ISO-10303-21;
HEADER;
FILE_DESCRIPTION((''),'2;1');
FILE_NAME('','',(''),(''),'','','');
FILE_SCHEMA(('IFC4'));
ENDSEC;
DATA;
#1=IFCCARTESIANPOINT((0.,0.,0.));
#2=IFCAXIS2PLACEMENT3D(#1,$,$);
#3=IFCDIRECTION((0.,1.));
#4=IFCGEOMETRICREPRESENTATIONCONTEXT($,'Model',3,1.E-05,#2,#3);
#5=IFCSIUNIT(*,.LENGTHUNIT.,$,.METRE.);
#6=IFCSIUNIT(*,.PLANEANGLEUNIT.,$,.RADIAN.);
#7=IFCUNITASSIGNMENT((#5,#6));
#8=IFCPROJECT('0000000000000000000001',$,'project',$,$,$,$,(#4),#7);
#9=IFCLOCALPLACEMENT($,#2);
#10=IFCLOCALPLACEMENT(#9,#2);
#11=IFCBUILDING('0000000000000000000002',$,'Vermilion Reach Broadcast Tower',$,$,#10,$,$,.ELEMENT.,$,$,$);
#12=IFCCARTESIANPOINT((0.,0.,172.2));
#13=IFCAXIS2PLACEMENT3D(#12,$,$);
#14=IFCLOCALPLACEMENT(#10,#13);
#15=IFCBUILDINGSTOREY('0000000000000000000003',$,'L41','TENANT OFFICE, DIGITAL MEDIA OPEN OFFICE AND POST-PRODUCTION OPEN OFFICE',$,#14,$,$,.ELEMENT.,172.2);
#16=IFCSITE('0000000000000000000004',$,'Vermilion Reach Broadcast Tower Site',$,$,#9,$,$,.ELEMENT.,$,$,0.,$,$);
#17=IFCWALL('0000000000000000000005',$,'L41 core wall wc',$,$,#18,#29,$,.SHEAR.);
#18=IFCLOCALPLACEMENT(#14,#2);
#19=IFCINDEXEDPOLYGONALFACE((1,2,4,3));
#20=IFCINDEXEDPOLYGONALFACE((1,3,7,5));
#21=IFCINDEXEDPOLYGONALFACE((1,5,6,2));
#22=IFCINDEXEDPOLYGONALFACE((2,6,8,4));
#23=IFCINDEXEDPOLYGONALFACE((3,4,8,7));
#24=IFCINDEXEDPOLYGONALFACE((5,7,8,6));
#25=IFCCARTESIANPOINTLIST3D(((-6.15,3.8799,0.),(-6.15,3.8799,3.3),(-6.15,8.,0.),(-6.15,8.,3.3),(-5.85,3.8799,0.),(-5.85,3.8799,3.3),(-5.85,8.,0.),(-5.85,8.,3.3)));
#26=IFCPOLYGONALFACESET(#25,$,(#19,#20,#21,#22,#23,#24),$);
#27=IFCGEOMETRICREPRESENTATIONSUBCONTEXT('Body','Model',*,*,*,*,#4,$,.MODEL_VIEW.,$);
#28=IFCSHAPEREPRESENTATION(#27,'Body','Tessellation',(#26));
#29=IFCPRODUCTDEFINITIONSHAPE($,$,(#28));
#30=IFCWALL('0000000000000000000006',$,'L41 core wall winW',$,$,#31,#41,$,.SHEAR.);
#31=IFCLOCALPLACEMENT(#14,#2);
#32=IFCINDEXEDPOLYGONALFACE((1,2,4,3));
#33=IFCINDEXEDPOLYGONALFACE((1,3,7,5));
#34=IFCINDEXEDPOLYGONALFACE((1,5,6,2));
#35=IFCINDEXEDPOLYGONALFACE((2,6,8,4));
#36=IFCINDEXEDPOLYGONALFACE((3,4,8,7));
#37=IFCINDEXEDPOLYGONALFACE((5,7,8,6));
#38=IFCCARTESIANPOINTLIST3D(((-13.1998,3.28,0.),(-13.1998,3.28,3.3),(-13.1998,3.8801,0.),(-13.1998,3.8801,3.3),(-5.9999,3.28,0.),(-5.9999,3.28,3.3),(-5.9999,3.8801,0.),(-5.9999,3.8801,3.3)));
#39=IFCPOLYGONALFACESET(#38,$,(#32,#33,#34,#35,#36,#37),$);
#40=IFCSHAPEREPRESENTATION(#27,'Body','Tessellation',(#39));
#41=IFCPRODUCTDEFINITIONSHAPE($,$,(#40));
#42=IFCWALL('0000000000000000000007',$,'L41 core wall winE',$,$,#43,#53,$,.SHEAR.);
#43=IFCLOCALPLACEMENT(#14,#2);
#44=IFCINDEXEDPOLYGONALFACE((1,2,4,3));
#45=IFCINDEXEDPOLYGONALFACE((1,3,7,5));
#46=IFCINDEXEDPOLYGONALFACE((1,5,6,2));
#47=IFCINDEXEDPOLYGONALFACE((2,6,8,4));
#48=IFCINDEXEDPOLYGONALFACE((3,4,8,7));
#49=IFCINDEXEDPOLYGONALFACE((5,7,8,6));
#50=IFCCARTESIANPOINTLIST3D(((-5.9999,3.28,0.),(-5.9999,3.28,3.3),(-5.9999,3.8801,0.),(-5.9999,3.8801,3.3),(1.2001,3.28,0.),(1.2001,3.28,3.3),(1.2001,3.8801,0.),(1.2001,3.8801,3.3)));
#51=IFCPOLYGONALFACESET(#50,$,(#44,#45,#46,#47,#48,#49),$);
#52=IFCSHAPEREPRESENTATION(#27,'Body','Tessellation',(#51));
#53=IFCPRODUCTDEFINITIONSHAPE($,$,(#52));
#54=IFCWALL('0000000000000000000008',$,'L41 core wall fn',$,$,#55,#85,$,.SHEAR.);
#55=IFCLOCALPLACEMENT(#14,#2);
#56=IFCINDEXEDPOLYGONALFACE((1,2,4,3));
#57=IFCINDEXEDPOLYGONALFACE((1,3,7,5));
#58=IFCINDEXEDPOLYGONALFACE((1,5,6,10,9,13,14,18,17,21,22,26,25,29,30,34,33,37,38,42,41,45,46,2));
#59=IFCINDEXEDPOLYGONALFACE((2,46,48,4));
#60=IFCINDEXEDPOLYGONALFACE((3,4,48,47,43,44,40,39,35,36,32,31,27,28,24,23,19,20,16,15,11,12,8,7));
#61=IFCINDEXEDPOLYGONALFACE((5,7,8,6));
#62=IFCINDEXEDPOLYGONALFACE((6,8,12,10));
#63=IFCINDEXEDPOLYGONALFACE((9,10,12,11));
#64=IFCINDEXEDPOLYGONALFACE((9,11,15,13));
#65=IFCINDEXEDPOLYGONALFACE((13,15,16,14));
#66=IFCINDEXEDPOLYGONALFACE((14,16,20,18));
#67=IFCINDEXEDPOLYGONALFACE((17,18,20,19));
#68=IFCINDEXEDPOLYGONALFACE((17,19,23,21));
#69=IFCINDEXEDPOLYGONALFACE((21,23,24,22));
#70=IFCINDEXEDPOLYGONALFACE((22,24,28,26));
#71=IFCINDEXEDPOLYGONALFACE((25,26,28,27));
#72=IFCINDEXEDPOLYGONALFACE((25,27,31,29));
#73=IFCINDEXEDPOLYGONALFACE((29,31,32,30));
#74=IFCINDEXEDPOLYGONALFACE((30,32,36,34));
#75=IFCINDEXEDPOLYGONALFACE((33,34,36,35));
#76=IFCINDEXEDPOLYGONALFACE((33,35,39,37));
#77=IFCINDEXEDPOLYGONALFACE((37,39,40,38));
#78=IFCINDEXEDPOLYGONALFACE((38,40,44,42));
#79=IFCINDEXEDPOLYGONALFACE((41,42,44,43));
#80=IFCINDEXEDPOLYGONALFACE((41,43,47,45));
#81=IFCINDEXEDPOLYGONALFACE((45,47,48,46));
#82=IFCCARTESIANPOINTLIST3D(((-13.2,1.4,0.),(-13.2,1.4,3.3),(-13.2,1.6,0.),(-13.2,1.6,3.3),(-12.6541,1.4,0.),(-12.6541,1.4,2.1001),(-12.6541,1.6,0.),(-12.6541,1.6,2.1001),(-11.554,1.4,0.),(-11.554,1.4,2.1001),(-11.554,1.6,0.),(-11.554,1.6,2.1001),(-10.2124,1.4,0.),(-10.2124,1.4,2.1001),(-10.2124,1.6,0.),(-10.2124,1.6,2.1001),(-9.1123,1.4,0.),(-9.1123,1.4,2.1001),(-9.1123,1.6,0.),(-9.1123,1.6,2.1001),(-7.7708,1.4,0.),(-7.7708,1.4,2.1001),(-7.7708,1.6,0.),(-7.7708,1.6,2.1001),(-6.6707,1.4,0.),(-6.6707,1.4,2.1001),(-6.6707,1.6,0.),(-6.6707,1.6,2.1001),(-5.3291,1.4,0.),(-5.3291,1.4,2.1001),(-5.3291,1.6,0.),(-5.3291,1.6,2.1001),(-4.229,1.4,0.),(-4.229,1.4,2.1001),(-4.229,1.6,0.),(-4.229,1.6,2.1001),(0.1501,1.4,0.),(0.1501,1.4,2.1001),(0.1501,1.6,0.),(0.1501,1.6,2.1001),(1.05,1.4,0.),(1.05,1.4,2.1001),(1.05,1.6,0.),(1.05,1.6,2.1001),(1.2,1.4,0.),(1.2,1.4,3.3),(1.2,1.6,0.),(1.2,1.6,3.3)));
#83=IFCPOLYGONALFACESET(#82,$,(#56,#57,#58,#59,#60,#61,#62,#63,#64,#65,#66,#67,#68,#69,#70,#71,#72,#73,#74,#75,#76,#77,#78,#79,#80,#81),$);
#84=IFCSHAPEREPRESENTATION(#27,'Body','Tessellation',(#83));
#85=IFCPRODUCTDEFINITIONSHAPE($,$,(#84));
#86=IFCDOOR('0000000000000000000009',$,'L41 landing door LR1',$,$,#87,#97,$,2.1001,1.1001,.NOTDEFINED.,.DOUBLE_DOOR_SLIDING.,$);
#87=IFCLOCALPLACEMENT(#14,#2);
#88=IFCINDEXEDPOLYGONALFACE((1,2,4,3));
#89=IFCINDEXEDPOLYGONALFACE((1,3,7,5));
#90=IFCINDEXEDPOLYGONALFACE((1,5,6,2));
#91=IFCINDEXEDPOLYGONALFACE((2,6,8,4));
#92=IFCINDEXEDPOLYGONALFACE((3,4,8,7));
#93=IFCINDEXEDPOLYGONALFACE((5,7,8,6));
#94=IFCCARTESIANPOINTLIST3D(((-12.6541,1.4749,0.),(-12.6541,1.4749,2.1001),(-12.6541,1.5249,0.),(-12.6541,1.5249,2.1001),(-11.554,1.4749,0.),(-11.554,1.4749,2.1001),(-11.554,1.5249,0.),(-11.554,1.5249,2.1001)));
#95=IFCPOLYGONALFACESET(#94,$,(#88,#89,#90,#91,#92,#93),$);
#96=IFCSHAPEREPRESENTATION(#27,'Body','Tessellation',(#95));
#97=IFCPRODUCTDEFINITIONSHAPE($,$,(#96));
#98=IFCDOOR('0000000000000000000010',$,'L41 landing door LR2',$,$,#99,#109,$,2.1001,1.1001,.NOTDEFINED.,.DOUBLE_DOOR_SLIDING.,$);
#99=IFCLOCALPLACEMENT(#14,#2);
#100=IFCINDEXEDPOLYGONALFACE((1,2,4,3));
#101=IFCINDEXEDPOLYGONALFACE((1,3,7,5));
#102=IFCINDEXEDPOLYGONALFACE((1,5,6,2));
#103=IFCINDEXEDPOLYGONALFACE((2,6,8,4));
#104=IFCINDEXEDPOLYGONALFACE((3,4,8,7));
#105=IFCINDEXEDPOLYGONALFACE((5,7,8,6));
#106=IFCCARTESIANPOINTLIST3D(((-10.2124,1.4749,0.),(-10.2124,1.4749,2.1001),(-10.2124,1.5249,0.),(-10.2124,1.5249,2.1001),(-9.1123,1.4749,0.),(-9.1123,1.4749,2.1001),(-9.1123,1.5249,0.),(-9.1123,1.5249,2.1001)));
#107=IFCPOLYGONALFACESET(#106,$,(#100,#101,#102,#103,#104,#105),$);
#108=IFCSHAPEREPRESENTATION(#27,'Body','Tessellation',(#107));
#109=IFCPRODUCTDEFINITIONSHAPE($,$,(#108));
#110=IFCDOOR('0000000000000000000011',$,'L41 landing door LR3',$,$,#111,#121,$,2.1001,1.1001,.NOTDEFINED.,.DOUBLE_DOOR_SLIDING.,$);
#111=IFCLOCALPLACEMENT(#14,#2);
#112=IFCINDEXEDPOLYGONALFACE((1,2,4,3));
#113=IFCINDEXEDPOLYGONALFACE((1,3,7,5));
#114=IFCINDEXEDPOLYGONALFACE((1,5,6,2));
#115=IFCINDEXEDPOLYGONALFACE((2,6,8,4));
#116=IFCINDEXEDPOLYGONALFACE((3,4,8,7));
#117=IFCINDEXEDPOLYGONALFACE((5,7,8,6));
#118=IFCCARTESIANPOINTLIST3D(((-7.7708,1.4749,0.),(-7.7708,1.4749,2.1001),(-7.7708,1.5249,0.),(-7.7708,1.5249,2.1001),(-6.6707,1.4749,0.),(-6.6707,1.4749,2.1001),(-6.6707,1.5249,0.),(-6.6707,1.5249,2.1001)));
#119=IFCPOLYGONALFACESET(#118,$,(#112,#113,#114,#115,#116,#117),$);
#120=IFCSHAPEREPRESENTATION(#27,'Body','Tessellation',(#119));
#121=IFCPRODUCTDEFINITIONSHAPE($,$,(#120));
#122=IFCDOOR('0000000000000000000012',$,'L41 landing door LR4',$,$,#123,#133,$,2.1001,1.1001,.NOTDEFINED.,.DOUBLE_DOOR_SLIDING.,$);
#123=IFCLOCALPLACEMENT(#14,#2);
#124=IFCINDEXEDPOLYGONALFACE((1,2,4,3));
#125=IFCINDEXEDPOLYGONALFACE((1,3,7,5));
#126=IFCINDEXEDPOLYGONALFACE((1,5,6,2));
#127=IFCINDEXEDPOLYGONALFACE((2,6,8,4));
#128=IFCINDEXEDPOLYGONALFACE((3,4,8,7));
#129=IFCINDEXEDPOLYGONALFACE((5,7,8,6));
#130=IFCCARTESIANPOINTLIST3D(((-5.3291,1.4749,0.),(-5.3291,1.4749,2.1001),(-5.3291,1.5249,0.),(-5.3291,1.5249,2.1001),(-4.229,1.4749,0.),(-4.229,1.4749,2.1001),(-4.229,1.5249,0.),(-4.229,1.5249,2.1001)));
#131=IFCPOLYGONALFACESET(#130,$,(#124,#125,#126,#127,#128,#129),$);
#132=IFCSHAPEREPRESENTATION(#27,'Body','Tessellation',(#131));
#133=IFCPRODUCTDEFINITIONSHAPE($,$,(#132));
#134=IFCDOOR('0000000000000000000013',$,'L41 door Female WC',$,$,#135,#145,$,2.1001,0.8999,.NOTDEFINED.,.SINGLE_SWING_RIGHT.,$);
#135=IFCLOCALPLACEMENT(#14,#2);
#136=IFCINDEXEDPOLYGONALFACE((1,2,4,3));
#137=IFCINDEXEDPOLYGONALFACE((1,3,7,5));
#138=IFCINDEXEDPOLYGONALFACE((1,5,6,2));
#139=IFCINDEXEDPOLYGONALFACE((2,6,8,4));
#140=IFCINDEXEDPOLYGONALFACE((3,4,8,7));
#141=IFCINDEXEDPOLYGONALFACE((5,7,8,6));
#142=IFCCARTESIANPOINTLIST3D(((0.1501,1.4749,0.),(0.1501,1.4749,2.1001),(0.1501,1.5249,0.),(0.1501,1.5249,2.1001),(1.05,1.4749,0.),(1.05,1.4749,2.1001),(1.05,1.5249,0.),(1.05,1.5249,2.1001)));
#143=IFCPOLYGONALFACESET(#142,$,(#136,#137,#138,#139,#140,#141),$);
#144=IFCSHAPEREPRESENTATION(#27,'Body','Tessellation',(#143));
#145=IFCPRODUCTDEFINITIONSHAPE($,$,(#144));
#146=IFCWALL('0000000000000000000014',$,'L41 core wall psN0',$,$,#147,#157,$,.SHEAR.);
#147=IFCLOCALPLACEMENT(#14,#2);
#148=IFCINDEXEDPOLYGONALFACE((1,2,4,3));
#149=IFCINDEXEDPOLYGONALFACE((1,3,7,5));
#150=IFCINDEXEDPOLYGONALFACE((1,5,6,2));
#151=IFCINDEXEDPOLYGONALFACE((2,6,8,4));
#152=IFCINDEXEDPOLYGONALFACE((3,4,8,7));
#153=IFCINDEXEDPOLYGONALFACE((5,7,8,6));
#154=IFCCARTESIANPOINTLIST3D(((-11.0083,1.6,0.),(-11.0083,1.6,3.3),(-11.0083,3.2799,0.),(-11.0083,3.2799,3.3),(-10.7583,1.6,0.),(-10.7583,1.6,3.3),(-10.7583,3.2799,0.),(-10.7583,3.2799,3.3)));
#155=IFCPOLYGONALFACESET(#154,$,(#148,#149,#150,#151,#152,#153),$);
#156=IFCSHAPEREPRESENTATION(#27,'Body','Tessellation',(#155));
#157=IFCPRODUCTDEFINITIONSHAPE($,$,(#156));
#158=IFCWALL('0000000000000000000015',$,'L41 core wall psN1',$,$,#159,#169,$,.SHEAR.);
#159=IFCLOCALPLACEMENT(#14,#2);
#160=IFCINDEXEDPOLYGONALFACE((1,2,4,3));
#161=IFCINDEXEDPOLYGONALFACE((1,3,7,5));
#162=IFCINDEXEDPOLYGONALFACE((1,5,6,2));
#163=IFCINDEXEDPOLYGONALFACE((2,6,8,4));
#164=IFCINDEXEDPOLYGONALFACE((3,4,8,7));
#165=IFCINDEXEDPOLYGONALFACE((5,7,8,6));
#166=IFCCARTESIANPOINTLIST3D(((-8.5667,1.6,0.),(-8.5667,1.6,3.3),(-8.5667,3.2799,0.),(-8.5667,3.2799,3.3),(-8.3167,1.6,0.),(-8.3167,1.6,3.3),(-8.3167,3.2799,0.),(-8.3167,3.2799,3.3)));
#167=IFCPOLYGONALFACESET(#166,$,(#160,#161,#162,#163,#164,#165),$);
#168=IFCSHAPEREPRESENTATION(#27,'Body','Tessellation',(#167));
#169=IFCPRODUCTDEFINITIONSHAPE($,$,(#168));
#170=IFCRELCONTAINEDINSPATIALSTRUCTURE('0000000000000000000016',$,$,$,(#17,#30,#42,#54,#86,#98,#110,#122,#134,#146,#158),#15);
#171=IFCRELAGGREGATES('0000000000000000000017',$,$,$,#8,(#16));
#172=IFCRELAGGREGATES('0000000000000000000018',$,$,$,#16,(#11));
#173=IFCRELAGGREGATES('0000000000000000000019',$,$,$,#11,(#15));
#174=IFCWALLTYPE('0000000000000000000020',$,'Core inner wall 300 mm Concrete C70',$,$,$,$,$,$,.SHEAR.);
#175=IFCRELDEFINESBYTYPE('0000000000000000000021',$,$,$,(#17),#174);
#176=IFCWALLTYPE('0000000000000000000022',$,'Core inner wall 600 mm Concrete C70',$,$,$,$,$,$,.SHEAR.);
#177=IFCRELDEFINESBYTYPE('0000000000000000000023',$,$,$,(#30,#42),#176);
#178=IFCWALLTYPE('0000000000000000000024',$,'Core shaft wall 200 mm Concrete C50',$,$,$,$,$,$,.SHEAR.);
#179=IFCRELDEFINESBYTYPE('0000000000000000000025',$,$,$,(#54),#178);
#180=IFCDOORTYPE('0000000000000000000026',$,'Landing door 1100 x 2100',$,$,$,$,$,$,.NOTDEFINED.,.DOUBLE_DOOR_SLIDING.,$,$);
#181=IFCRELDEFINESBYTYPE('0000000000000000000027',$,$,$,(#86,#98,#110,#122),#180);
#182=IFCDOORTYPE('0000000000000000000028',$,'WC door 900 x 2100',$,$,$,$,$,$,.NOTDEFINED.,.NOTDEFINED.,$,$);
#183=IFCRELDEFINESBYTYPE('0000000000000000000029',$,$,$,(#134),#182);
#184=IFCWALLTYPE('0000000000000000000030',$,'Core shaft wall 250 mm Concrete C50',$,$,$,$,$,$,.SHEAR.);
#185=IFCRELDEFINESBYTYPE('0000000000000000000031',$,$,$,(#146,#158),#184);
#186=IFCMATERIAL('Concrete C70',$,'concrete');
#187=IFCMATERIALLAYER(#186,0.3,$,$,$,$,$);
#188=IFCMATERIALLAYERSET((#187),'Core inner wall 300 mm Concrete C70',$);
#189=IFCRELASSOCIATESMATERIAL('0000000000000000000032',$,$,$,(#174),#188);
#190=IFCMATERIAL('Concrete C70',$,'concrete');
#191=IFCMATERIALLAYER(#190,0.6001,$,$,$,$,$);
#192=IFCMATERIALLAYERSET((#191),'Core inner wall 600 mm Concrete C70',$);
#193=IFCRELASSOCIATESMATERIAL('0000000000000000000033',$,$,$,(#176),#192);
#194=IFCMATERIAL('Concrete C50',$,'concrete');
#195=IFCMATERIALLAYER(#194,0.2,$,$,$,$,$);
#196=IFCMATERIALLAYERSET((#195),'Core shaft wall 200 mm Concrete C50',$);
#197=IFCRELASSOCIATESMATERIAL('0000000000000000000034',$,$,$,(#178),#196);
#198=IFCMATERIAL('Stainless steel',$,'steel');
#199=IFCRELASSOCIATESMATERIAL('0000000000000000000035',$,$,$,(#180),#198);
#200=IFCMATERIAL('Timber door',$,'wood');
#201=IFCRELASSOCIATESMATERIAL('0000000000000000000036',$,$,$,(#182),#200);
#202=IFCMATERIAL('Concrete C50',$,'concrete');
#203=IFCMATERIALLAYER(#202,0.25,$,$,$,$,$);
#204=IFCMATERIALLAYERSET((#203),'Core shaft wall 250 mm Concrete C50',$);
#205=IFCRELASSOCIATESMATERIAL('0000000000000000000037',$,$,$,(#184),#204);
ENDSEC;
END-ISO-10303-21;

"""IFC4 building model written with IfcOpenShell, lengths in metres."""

from ifc_helpers import new_model, si_unit, direction, frame, frame_2d, origin, place, context, subcontext, project, spatial, rectangle, extrude, material, layer, layer_set, type_object, element, fill, save


model = new_model("IFC4")

# Units and contexts
model_context = context("Model", 3, precision=1e-05, world=origin(), true_north=direction((0.0, 1.0)))
body_context = subcontext(model_context, "Body", "Model", "MODEL_VIEW")
ifc_project = project(units=[si_unit("LENGTHUNIT", "METRE"), si_unit("PLANEANGLEUNIT", "RADIAN")], contexts=[model_context])

# Site, building, storey
site_placement = place(None, origin())
site = spatial("IfcSite", under=ifc_project, at=site_placement, Name="Vermilion Reach Broadcast Tower Site", CompositionType="ELEMENT", RefElevation=0.0)
building_placement = place(site_placement, origin())
building = spatial("IfcBuilding", under=site, at=building_placement, Name="Vermilion Reach Broadcast Tower", CompositionType="ELEMENT")
storey_placement = place(building_placement, frame((0.0, 0.0, 172.2)))
storey = spatial("IfcBuildingStorey", under=building, at=storey_placement, Name="L41", Description="TENANT OFFICE, DIGITAL MEDIA OPEN OFFICE AND POST-PRODUCTION OPEN OFFICE", CompositionType="ELEMENT", Elevation=172.2)

# Walls
ifc_material_1 = material(Name="Concrete C70", Category="concrete")
ifc_layer_1 = layer(ifc_material_1, 0.3)
ifc_layer_set_1 = layer_set([ifc_layer_1], Name="Core inner wall 300 mm Concrete C70")
wall_type_1 = type_object("IfcWallType", Name="Core inner wall 300 mm Concrete C70", PredefinedType="SHEAR", material=ifc_layer_set_1)
wall_1_placement = place(storey_placement, frame((-6.0, 3.8799, 0.0), z_axis=(0.0, 0.0, 1.0), x_axis=(0.0, 1.0, 0.0)))
element("IfcWall", 1, at=wall_1_placement, inside=storey, type_object=wall_type_1, Name="L41 core wall wc", PredefinedType="SHEAR", context=body_context, shape_type="SweptSolid", body=[
    extrude(rectangle(XDim=4.1201, YDim=0.3, at=frame_2d((2.0601, 0.0))), origin(), (0.0, 0.0, 1.0), 3.3),
])
ifc_material_2 = material(Name="Concrete C70", Category="concrete")
ifc_layer_2 = layer(ifc_material_2, 0.6001)
ifc_layer_set_2 = layer_set([ifc_layer_2], Name="Core inner wall 600 mm Concrete C70")
wall_type_2 = type_object("IfcWallType", Name="Core inner wall 600 mm Concrete C70", PredefinedType="SHEAR", material=ifc_layer_set_2)
for number, where, z_axis, x_axis, name in (
    (2, (-13.2, 3.5801, 0.0), (0.0, 0.0, 1.0), (1.0, 0.0, 0.0), "L41 core wall winW"),
    (3, (-6.0, 3.5801, 0.0), (0.0, 0.0, 1.0), (1.0, 0.0, 0.0), "L41 core wall winE"),
):
    element("IfcWall", number, at=place(storey_placement, frame(where, z_axis=z_axis, x_axis=x_axis)), inside=storey, type_object=wall_type_2, Name=name, PredefinedType="SHEAR", context=body_context, shape_type="SweptSolid", body=[
        extrude(rectangle(XDim=7.2, YDim=0.6001, at=frame_2d((3.6001, 0.0))), origin(), (0.0, 0.0, 1.0), 3.3),
    ])

# Wall, openings, doors
ifc_material_3 = material(Name="Concrete C50", Category="concrete")
ifc_layer_3 = layer(ifc_material_3, 0.2)
ifc_layer_set_3 = layer_set([ifc_layer_3], Name="Core shaft wall 200 mm Concrete C50")
wall_type_3 = type_object("IfcWallType", Name="Core shaft wall 200 mm Concrete C50", PredefinedType="SHEAR", material=ifc_layer_set_3)
wall_2_placement = place(storey_placement, frame((-13.2, 1.5, 0.0), z_axis=(0.0, 0.0, 1.0), x_axis=(1.0, 0.0, 0.0)))
wall_2 = element("IfcWall", 4, at=wall_2_placement, inside=storey, type_object=wall_type_3, Name="L41 core wall fn", PredefinedType="SHEAR", context=body_context, shape_type="SweptSolid", body=[
    extrude(rectangle(XDim=14.3999, YDim=0.2, at=frame_2d((7.2, 0.0))), origin(), (0.0, 0.0, 1.0), 3.3),
])
opening_1_placement = place(wall_2_placement, frame((0.5459, 0.0, 0.0)))
opening_1 = element("IfcOpeningElement", 5, at=opening_1_placement, cuts=wall_2, PredefinedType="OPENING", context=body_context, shape_type="SweptSolid", body=[
    extrude(rectangle(XDim=1.1001, YDim=2.1001, at=frame_2d((0.55, 1.05))), frame((0.0, 0.1099, 0.0), z_axis=(0.0, -1.0, 0.0), x_axis=(1.0, 0.0, 0.0)), (0.0, 0.0, 1.0), 0.22),
])
opening_2_placement = place(wall_2_placement, frame((2.9875, 0.0, 0.0)))
opening_2 = element("IfcOpeningElement", 6, at=opening_2_placement, cuts=wall_2, PredefinedType="OPENING", context=body_context, shape_type="SweptSolid", body=[
    extrude(rectangle(XDim=1.1001, YDim=2.1001, at=frame_2d((0.55, 1.05))), frame((0.0, 0.1099, 0.0), z_axis=(0.0, -1.0, 0.0), x_axis=(1.0, 0.0, 0.0)), (0.0, 0.0, 1.0), 0.22),
])
opening_3_placement = place(wall_2_placement, frame((5.4292, 0.0, 0.0)))
opening_3 = element("IfcOpeningElement", 7, at=opening_3_placement, cuts=wall_2, PredefinedType="OPENING", context=body_context, shape_type="SweptSolid", body=[
    extrude(rectangle(XDim=1.1001, YDim=2.1001, at=frame_2d((0.55, 1.05))), frame((0.0, 0.1099, 0.0), z_axis=(0.0, -1.0, 0.0), x_axis=(1.0, 0.0, 0.0)), (0.0, 0.0, 1.0), 0.22),
])
opening_4_placement = place(wall_2_placement, frame((7.8708, 0.0, 0.0)))
opening_4 = element("IfcOpeningElement", 8, at=opening_4_placement, cuts=wall_2, PredefinedType="OPENING", context=body_context, shape_type="SweptSolid", body=[
    extrude(rectangle(XDim=1.1001, YDim=2.1001, at=frame_2d((0.55, 1.05))), frame((0.0, 0.1099, 0.0), z_axis=(0.0, -1.0, 0.0), x_axis=(1.0, 0.0, 0.0)), (0.0, 0.0, 1.0), 0.22),
])
opening_5_placement = place(wall_2_placement, frame((13.3501, 0.0, 0.0)))
opening_5 = element("IfcOpeningElement", 9, at=opening_5_placement, cuts=wall_2, PredefinedType="OPENING", context=body_context, shape_type="SweptSolid", body=[
    extrude(rectangle(XDim=0.8999, YDim=2.1001, at=frame_2d((0.45, 1.05))), frame((0.0, 0.1099, 0.0), z_axis=(0.0, -1.0, 0.0), x_axis=(1.0, 0.0, 0.0)), (0.0, 0.0, 1.0), 0.22),
])
ifc_material_4 = material(Name="Stainless steel", Category="steel")
door_type_1 = type_object("IfcDoorType", Name="Landing door 1100 x 2100", OperationType="DOUBLE_DOOR_SLIDING", PredefinedType="NOTDEFINED", material=ifc_material_4)
door_1_placement = place(opening_1_placement, origin())
door_1 = element("IfcDoor", 10, at=door_1_placement, inside=storey, type_object=door_type_1, Name="L41 landing door LR1", OperationType="DOUBLE_DOOR_SLIDING", OverallHeight=2.1001, OverallWidth=1.1001, PredefinedType="NOTDEFINED", context=body_context, shape_type="SweptSolid", body=[
    extrude(rectangle(XDim=1.1001, YDim=2.1001, at=frame_2d((0.55, 1.05))), frame((0.0, 0.0249, 0.0), z_axis=(0.0, -1.0, 0.0), x_axis=(1.0, 0.0, 0.0)), (0.0, 0.0, 1.0), 0.05),
])
fill(opening_1, door_1)
door_2_placement = place(opening_2_placement, origin())
door_2 = element("IfcDoor", 11, at=door_2_placement, inside=storey, type_object=door_type_1, Name="L41 landing door LR2", OperationType="DOUBLE_DOOR_SLIDING", OverallHeight=2.1001, OverallWidth=1.1001, PredefinedType="NOTDEFINED", context=body_context, shape_type="SweptSolid", body=[
    extrude(rectangle(XDim=1.1001, YDim=2.1001, at=frame_2d((0.55, 1.05))), frame((0.0, 0.0249, 0.0), z_axis=(0.0, -1.0, 0.0), x_axis=(1.0, 0.0, 0.0)), (0.0, 0.0, 1.0), 0.05),
])
fill(opening_2, door_2)
door_3_placement = place(opening_3_placement, origin())
door_3 = element("IfcDoor", 12, at=door_3_placement, inside=storey, type_object=door_type_1, Name="L41 landing door LR3", OperationType="DOUBLE_DOOR_SLIDING", OverallHeight=2.1001, OverallWidth=1.1001, PredefinedType="NOTDEFINED", context=body_context, shape_type="SweptSolid", body=[
    extrude(rectangle(XDim=1.1001, YDim=2.1001, at=frame_2d((0.55, 1.05))), frame((0.0, 0.0249, 0.0), z_axis=(0.0, -1.0, 0.0), x_axis=(1.0, 0.0, 0.0)), (0.0, 0.0, 1.0), 0.05),
])
fill(opening_3, door_3)
door_4_placement = place(opening_4_placement, origin())
door_4 = element("IfcDoor", 13, at=door_4_placement, inside=storey, type_object=door_type_1, Name="L41 landing door LR4", OperationType="DOUBLE_DOOR_SLIDING", OverallHeight=2.1001, OverallWidth=1.1001, PredefinedType="NOTDEFINED", context=body_context, shape_type="SweptSolid", body=[
    extrude(rectangle(XDim=1.1001, YDim=2.1001, at=frame_2d((0.55, 1.05))), frame((0.0, 0.0249, 0.0), z_axis=(0.0, -1.0, 0.0), x_axis=(1.0, 0.0, 0.0)), (0.0, 0.0, 1.0), 0.05),
])
fill(opening_4, door_4)
ifc_material_5 = material(Name="Timber door", Category="wood")
door_type_2 = type_object("IfcDoorType", Name="WC door 900 x 2100", OperationType="NOTDEFINED", PredefinedType="NOTDEFINED", material=ifc_material_5)
door_5_placement = place(opening_5_placement, origin())
door_5 = element("IfcDoor", 14, at=door_5_placement, inside=storey, type_object=door_type_2, Name="L41 door Female WC", OperationType="SINGLE_SWING_RIGHT", OverallHeight=2.1001, OverallWidth=0.8999, PredefinedType="NOTDEFINED", context=body_context, shape_type="SweptSolid", body=[
    extrude(rectangle(XDim=0.8999, YDim=2.1001, at=frame_2d((0.45, 1.05))), frame((0.0, 0.0249, 0.0), z_axis=(0.0, -1.0, 0.0), x_axis=(1.0, 0.0, 0.0)), (0.0, 0.0, 1.0), 0.05),
])
fill(opening_5, door_5)

# Walls
ifc_material_6 = material(Name="Concrete C50", Category="concrete")
ifc_layer_4 = layer(ifc_material_6, 0.25)
ifc_layer_set_4 = layer_set([ifc_layer_4], Name="Core shaft wall 250 mm Concrete C50")
wall_type_4 = type_object("IfcWallType", Name="Core shaft wall 250 mm Concrete C50", PredefinedType="SHEAR", material=ifc_layer_set_4)
for number, where, z_axis, x_axis, name in (
    (15, (-10.8833, 1.6001, 0.0), (0.0, 0.0, 1.0), (0.0, 1.0, 0.0), "L41 core wall psN0"),
    (16, (-8.4417, 1.6001, 0.0), (0.0, 0.0, 1.0), (0.0, 1.0, 0.0), "L41 core wall psN1"),
):
    element("IfcWall", number, at=place(storey_placement, frame(where, z_axis=z_axis, x_axis=x_axis)), inside=storey, type_object=wall_type_4, Name=name, PredefinedType="SHEAR", context=body_context, shape_type="SweptSolid", body=[
        extrude(rectangle(XDim=1.6799, YDim=0.25, at=frame_2d((0.8398, 0.0))), origin(), (0.0, 0.0, 1.0), 3.3),
    ])

save(model, "model.ifc")
